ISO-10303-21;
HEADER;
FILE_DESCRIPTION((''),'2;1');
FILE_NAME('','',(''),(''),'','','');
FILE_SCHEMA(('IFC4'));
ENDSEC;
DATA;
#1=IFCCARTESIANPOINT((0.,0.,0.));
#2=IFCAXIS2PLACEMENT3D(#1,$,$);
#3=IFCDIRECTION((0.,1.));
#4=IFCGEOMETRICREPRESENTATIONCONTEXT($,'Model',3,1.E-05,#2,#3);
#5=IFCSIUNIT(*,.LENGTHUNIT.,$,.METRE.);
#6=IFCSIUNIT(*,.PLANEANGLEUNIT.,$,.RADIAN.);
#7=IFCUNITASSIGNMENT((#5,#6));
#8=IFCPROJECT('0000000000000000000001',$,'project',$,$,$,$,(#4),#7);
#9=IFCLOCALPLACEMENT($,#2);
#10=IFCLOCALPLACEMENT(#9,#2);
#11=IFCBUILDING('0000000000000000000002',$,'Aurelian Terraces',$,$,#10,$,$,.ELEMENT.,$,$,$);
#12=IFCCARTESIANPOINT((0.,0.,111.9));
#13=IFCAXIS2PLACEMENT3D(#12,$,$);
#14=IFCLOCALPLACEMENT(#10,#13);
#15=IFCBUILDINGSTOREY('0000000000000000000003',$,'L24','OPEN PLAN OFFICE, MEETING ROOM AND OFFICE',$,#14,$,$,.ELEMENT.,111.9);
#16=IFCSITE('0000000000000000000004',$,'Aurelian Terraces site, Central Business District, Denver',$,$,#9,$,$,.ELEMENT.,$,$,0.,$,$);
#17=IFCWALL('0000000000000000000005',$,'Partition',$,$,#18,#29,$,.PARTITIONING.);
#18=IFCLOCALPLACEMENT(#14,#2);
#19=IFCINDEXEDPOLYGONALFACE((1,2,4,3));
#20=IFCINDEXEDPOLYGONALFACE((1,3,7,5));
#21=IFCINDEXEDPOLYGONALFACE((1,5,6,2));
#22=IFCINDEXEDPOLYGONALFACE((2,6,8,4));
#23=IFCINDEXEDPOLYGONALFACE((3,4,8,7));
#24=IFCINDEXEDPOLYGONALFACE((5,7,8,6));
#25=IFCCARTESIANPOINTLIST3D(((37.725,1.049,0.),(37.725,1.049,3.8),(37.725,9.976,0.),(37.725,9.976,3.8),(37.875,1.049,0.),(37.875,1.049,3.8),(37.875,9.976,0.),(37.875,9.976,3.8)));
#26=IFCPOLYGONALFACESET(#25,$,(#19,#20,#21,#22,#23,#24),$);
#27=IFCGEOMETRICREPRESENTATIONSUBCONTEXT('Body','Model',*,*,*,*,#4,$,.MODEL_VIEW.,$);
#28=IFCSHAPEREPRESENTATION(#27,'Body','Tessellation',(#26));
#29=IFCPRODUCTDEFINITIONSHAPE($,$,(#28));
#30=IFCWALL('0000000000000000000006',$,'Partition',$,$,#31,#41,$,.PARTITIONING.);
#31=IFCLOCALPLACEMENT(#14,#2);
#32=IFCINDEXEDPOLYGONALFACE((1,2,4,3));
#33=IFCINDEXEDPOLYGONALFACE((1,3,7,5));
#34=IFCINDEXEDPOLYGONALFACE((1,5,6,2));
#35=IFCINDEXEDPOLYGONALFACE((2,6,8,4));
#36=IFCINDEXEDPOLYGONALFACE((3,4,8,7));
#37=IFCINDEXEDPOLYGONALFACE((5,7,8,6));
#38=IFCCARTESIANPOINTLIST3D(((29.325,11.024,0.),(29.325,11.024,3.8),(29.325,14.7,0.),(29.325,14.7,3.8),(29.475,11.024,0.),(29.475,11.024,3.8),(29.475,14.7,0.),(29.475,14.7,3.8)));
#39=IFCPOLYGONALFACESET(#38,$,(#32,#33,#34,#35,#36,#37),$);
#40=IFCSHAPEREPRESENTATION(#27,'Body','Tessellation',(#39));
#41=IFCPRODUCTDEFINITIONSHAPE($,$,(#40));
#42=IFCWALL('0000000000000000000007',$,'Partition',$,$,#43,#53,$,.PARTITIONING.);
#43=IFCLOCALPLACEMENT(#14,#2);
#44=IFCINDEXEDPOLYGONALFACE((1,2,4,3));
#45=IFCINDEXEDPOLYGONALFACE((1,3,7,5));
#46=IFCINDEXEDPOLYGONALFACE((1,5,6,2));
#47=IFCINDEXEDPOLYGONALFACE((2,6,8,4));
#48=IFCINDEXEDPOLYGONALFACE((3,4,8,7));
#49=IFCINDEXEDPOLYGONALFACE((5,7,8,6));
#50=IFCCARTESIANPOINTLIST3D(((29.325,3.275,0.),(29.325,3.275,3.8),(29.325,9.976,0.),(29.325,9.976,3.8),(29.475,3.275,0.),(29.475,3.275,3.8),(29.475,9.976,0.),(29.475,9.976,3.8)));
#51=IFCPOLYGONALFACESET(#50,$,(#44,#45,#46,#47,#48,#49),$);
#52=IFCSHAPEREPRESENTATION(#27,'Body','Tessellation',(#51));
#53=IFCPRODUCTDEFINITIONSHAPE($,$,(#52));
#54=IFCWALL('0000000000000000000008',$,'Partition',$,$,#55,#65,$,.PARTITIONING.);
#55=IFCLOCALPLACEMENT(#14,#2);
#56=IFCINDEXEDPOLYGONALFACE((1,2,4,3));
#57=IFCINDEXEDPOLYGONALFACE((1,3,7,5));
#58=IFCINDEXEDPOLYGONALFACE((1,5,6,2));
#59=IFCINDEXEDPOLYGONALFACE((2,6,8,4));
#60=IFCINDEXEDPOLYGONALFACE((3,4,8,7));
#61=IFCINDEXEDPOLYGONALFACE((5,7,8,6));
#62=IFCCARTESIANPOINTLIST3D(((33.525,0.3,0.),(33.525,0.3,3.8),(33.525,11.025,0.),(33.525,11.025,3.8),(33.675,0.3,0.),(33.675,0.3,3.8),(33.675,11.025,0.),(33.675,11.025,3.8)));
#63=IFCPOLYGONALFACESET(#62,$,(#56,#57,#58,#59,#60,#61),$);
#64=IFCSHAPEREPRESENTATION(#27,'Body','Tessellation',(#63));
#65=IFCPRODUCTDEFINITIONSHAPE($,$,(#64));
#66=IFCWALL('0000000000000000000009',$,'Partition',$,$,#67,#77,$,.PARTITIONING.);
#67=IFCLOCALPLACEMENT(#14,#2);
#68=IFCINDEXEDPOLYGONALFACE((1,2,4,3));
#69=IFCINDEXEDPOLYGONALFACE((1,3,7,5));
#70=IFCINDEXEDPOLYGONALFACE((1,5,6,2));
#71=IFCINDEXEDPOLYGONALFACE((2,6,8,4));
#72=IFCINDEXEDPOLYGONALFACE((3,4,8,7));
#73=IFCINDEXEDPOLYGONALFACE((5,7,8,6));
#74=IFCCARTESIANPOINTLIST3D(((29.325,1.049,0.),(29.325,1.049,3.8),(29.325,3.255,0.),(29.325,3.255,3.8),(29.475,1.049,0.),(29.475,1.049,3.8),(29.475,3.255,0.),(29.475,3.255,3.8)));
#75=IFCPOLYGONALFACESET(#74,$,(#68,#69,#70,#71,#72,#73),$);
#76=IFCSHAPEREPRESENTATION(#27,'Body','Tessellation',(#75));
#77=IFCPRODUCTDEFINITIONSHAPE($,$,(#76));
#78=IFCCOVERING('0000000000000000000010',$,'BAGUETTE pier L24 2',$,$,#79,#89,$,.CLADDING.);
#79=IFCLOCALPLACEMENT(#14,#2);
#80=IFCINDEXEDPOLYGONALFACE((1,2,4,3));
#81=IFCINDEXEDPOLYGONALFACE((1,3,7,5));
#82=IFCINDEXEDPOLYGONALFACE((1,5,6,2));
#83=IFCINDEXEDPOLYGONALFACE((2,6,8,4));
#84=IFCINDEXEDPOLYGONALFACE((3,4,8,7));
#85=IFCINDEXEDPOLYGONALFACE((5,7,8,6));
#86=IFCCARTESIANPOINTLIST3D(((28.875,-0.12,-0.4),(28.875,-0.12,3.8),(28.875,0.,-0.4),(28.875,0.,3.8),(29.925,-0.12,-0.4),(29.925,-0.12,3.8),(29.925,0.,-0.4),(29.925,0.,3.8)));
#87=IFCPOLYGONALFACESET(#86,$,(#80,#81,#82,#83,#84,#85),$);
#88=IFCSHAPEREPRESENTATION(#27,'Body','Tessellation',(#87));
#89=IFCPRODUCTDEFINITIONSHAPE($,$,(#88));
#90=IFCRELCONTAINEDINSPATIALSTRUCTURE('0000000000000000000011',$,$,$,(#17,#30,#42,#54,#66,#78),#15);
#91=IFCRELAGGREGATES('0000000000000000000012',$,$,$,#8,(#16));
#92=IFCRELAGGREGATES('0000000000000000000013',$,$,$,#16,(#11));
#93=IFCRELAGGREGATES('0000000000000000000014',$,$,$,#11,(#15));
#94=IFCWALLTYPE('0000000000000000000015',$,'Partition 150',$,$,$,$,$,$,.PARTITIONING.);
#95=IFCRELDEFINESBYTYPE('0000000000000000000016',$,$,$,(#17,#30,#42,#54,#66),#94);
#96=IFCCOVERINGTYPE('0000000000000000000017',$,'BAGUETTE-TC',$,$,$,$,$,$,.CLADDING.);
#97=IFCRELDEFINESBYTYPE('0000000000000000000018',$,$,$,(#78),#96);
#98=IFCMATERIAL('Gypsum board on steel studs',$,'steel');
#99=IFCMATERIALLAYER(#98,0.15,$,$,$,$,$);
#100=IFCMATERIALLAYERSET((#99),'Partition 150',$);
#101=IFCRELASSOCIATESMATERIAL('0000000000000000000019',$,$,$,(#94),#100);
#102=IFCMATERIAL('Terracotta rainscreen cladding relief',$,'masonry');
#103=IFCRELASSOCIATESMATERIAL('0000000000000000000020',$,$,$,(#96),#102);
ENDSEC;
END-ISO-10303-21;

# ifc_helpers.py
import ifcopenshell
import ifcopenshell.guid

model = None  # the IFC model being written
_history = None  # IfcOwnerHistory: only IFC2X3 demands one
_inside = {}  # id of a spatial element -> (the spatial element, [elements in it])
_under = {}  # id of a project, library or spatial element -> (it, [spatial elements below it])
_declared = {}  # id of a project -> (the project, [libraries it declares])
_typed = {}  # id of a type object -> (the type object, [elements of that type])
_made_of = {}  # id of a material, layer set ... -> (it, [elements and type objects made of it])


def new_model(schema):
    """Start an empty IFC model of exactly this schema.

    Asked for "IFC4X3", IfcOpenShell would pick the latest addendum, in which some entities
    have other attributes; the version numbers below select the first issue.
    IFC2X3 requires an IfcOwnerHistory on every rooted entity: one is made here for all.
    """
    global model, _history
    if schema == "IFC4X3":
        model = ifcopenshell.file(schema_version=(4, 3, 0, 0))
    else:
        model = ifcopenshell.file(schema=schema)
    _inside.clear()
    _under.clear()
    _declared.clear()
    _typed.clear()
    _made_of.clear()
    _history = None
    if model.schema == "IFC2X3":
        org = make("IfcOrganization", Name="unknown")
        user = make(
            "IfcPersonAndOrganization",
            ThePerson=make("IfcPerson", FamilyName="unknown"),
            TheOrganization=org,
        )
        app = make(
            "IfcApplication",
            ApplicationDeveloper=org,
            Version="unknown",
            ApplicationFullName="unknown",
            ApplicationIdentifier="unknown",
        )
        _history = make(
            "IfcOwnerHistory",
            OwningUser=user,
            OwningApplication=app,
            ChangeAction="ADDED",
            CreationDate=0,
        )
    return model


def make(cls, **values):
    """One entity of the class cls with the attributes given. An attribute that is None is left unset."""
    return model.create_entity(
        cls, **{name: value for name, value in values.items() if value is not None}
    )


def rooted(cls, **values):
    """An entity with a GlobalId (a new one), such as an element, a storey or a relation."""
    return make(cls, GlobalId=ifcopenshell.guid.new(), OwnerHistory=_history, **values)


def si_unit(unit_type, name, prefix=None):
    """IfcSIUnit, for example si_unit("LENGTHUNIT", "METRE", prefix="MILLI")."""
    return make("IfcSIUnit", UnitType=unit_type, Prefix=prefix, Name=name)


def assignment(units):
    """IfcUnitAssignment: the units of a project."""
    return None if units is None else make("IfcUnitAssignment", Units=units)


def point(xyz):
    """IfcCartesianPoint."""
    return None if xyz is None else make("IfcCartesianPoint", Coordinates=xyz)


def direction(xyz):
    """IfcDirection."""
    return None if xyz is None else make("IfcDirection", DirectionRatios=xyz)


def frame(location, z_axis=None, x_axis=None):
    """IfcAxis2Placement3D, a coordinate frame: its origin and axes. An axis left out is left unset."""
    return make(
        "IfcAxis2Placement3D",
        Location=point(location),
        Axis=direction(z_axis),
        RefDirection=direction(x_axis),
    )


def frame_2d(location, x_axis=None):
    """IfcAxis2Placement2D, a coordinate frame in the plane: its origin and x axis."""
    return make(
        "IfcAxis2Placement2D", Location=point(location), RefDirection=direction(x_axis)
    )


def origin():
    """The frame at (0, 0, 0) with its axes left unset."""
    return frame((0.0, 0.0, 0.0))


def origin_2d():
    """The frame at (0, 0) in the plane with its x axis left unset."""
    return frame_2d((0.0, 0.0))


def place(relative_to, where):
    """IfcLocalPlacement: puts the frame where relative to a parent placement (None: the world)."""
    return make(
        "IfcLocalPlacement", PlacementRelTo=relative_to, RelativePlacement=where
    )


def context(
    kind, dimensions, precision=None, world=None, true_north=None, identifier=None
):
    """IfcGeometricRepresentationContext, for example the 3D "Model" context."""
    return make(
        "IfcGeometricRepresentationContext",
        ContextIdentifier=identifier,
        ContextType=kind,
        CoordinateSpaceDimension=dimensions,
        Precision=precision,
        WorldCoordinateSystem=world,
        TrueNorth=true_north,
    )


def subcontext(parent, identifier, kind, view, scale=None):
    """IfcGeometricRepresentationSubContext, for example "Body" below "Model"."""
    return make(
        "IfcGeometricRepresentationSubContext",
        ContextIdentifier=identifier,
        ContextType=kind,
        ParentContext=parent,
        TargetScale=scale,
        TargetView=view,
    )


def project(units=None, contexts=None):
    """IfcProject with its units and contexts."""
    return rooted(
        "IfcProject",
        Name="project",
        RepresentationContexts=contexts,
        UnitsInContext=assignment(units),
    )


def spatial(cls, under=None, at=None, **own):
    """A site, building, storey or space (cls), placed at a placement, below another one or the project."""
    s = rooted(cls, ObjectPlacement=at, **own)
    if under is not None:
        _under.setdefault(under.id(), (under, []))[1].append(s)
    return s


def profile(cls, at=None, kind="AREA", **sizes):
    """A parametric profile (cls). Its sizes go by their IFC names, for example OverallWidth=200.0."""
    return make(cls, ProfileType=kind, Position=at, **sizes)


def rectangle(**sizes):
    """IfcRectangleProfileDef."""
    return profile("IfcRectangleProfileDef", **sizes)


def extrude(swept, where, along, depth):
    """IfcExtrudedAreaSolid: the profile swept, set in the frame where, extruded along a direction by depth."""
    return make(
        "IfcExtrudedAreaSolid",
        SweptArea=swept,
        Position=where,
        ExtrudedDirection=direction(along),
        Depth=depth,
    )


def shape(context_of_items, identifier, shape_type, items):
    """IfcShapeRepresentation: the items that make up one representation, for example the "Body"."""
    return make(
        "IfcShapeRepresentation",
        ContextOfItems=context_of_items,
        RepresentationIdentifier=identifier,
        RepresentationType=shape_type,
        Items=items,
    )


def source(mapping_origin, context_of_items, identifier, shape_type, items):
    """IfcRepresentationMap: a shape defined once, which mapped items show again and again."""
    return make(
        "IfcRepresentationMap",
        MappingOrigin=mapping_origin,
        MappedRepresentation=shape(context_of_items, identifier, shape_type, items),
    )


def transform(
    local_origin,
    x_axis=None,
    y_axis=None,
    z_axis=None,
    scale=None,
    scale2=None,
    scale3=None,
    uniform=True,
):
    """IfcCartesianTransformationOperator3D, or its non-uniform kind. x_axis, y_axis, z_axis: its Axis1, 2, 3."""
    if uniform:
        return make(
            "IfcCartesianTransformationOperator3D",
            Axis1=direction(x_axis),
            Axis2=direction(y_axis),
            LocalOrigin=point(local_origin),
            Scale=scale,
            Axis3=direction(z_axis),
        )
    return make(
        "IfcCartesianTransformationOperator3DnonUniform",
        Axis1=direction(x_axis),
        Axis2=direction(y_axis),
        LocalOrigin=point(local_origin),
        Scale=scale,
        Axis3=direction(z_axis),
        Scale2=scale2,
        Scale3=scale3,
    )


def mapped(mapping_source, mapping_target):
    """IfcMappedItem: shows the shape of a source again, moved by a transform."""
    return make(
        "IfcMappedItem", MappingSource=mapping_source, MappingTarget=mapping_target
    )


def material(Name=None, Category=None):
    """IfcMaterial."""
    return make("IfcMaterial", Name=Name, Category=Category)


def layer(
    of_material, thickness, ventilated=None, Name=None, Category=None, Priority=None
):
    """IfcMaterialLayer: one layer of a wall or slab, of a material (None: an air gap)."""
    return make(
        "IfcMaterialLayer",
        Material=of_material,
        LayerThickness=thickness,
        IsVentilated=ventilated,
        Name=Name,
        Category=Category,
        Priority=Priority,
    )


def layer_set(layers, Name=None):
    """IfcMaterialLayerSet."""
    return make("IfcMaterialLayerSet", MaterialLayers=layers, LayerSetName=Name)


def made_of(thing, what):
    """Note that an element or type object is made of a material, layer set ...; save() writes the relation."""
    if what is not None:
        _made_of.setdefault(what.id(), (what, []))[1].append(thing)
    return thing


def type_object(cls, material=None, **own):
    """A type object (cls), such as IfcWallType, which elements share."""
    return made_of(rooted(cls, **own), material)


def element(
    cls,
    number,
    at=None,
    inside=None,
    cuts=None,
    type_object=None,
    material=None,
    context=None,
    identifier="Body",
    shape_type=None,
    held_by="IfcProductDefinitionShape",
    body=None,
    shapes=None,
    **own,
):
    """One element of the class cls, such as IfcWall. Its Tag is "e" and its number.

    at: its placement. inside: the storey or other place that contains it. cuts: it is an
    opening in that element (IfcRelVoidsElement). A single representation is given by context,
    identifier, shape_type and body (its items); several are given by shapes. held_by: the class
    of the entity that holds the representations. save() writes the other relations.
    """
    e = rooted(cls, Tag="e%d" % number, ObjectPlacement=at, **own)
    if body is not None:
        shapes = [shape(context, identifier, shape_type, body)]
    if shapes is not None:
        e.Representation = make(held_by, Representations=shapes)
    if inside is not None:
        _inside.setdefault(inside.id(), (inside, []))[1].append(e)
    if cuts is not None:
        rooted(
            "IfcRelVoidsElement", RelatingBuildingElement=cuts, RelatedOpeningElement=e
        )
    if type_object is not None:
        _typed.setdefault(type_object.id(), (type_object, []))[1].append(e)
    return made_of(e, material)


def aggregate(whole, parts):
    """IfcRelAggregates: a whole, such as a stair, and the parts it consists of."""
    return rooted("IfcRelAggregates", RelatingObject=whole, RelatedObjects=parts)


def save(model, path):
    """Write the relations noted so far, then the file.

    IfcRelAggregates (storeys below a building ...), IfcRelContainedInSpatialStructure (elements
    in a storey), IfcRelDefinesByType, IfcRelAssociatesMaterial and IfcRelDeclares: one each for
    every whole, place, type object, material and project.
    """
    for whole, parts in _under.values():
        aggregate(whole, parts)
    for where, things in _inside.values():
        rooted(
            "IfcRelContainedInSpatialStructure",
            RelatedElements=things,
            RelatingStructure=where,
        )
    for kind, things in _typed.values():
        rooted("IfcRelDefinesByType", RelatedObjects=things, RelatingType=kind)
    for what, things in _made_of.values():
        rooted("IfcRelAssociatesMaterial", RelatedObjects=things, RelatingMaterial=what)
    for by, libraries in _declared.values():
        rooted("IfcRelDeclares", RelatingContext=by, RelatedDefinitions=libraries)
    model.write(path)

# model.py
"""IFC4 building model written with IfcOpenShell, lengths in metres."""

from ifc_helpers import new_model, si_unit, direction, frame, frame_2d, origin, origin_2d, place, context, subcontext, project, spatial, rectangle, extrude, source, transform, mapped, material, layer, layer_set, type_object, element, save


model = new_model("IFC4")

# Units and contexts
model_context = context("Model", 3, precision=1e-05, world=origin(), true_north=direction((0.0, 1.0)))
body_context = subcontext(model_context, "Body", "Model", "MODEL_VIEW")
ifc_project = project(units=[si_unit("LENGTHUNIT", "METRE"), si_unit("PLANEANGLEUNIT", "RADIAN")], contexts=[model_context])

# Site, building, storey
site_placement = place(None, origin())
site = spatial("IfcSite", under=ifc_project, at=site_placement, Name="Aurelian Terraces site, Central Business District, Denver", CompositionType="ELEMENT", RefElevation=0.0)
building_placement = place(site_placement, origin())
building = spatial("IfcBuilding", under=site, at=building_placement, Name="Aurelian Terraces", CompositionType="ELEMENT")
storey_placement = place(building_placement, frame((0.0, 0.0, 111.9)))
storey = spatial("IfcBuildingStorey", under=building, at=storey_placement, Name="L24", Description="OPEN PLAN OFFICE, MEETING ROOM AND OFFICE", CompositionType="ELEMENT", Elevation=111.9)

# Shared definitions
ifc_material_1 = material(Name="Gypsum board on steel studs", Category="steel")
ifc_layer_1 = layer(ifc_material_1, 0.15)
ifc_layer_set_1 = layer_set([ifc_layer_1], Name="Partition 150")
wall_type_1 = type_object("IfcWallType", Name="Partition 150", PredefinedType="PARTITIONING", material=ifc_layer_set_1)

# Walls
shared_shape_1 = source(origin(), body_context, "Body", "SweptSolid", [
    extrude(rectangle(XDim=8.927, YDim=0.15, at=frame_2d((4.4635, 0.0))), origin(), (0.0, 0.0, 1.0), 3.8),
])
wall_1_placement = place(storey_placement, frame((37.8, 1.049, 0.0), z_axis=(0.0, 0.0, 1.0), x_axis=(0.0, 1.0, 0.0)))
element("IfcWall", 1, at=wall_1_placement, inside=storey, type_object=wall_type_1, Name="Partition", PredefinedType="PARTITIONING", context=body_context, shape_type="MappedRepresentation", body=[
    mapped(shared_shape_1, transform((0.0, 0.0, 0.0), scale=1.0)),
])
shared_shape_2 = source(origin(), body_context, "Body", "SweptSolid", [
    extrude(rectangle(XDim=3.676, YDim=0.15, at=frame_2d((1.838, 0.0))), origin(), (0.0, 0.0, 1.0), 3.8),
])
wall_2_placement = place(storey_placement, frame((29.4, 11.024, 0.0), z_axis=(0.0, 0.0, 1.0), x_axis=(0.0, 1.0, 0.0)))
element("IfcWall", 2, at=wall_2_placement, inside=storey, type_object=wall_type_1, Name="Partition", PredefinedType="PARTITIONING", context=body_context, shape_type="MappedRepresentation", body=[
    mapped(shared_shape_2, transform((0.0, 0.0, 0.0), scale=1.0)),
])
shared_shape_3 = source(origin(), body_context, "Body", "SweptSolid", [
    extrude(rectangle(XDim=6.701, YDim=0.15, at=frame_2d((3.3505, 0.0))), origin(), (0.0, 0.0, 1.0), 3.8),
])
wall_3_placement = place(storey_placement, frame((29.4, 3.275, 0.0), z_axis=(0.0, 0.0, 1.0), x_axis=(0.0, 1.0, 0.0)))
element("IfcWall", 3, at=wall_3_placement, inside=storey, type_object=wall_type_1, Name="Partition", PredefinedType="PARTITIONING", context=body_context, shape_type="MappedRepresentation", body=[
    mapped(shared_shape_3, transform((0.0, 0.0, 0.0), scale=1.0)),
])
shared_shape_4 = source(origin(), body_context, "Body", "SweptSolid", [
    extrude(rectangle(XDim=10.725, YDim=0.15, at=frame_2d((5.3625, 0.0))), origin(), (0.0, 0.0, 1.0), 3.8),
])
wall_4_placement = place(storey_placement, frame((33.6, 0.3, 0.0), z_axis=(0.0, 0.0, 1.0), x_axis=(0.0, 1.0, 0.0)))
element("IfcWall", 4, at=wall_4_placement, inside=storey, type_object=wall_type_1, Name="Partition", PredefinedType="PARTITIONING", context=body_context, shape_type="MappedRepresentation", body=[
    mapped(shared_shape_4, transform((0.0, 0.0, 0.0), scale=1.0)),
])
shared_shape_5 = source(origin(), body_context, "Body", "SweptSolid", [
    extrude(rectangle(XDim=2.206, YDim=0.15, at=frame_2d((1.103, 0.0))), origin(), (0.0, 0.0, 1.0), 3.8),
])
wall_5_placement = place(storey_placement, frame((29.4, 1.049, 0.0), z_axis=(0.0, 0.0, 1.0), x_axis=(0.0, 1.0, 0.0)))
element("IfcWall", 5, at=wall_5_placement, inside=storey, type_object=wall_type_1, Name="Partition", PredefinedType="PARTITIONING", context=body_context, shape_type="MappedRepresentation", body=[
    mapped(shared_shape_5, transform((0.0, 0.0, 0.0), scale=1.0)),
])

# Covering
ifc_material_2 = material(Name="Terracotta rainscreen cladding relief", Category="masonry")
covering_type = type_object("IfcCoveringType", Name="BAGUETTE-TC", PredefinedType="CLADDING", material=ifc_material_2)
shared_shape_6 = source(origin(), body_context, "Body", "SweptSolid", [
    extrude(rectangle(XDim=1.05, YDim=0.12, at=origin_2d()), origin(), (0.0, 0.0, 1.0), 4.2),
])
covering_placement = place(storey_placement, frame((29.4, -0.06, -0.4), z_axis=(0.0, 0.0, 1.0), x_axis=(1.0, 0.0, 0.0)))
element("IfcCovering", 6, at=covering_placement, inside=storey, type_object=covering_type, Name="BAGUETTE pier L24 2", PredefinedType="CLADDING", context=body_context, shape_type="MappedRepresentation", body=[
    mapped(shared_shape_6, transform((0.0, 0.0, 0.0), scale=1.0)),
])

save(model, "model.ifc")
